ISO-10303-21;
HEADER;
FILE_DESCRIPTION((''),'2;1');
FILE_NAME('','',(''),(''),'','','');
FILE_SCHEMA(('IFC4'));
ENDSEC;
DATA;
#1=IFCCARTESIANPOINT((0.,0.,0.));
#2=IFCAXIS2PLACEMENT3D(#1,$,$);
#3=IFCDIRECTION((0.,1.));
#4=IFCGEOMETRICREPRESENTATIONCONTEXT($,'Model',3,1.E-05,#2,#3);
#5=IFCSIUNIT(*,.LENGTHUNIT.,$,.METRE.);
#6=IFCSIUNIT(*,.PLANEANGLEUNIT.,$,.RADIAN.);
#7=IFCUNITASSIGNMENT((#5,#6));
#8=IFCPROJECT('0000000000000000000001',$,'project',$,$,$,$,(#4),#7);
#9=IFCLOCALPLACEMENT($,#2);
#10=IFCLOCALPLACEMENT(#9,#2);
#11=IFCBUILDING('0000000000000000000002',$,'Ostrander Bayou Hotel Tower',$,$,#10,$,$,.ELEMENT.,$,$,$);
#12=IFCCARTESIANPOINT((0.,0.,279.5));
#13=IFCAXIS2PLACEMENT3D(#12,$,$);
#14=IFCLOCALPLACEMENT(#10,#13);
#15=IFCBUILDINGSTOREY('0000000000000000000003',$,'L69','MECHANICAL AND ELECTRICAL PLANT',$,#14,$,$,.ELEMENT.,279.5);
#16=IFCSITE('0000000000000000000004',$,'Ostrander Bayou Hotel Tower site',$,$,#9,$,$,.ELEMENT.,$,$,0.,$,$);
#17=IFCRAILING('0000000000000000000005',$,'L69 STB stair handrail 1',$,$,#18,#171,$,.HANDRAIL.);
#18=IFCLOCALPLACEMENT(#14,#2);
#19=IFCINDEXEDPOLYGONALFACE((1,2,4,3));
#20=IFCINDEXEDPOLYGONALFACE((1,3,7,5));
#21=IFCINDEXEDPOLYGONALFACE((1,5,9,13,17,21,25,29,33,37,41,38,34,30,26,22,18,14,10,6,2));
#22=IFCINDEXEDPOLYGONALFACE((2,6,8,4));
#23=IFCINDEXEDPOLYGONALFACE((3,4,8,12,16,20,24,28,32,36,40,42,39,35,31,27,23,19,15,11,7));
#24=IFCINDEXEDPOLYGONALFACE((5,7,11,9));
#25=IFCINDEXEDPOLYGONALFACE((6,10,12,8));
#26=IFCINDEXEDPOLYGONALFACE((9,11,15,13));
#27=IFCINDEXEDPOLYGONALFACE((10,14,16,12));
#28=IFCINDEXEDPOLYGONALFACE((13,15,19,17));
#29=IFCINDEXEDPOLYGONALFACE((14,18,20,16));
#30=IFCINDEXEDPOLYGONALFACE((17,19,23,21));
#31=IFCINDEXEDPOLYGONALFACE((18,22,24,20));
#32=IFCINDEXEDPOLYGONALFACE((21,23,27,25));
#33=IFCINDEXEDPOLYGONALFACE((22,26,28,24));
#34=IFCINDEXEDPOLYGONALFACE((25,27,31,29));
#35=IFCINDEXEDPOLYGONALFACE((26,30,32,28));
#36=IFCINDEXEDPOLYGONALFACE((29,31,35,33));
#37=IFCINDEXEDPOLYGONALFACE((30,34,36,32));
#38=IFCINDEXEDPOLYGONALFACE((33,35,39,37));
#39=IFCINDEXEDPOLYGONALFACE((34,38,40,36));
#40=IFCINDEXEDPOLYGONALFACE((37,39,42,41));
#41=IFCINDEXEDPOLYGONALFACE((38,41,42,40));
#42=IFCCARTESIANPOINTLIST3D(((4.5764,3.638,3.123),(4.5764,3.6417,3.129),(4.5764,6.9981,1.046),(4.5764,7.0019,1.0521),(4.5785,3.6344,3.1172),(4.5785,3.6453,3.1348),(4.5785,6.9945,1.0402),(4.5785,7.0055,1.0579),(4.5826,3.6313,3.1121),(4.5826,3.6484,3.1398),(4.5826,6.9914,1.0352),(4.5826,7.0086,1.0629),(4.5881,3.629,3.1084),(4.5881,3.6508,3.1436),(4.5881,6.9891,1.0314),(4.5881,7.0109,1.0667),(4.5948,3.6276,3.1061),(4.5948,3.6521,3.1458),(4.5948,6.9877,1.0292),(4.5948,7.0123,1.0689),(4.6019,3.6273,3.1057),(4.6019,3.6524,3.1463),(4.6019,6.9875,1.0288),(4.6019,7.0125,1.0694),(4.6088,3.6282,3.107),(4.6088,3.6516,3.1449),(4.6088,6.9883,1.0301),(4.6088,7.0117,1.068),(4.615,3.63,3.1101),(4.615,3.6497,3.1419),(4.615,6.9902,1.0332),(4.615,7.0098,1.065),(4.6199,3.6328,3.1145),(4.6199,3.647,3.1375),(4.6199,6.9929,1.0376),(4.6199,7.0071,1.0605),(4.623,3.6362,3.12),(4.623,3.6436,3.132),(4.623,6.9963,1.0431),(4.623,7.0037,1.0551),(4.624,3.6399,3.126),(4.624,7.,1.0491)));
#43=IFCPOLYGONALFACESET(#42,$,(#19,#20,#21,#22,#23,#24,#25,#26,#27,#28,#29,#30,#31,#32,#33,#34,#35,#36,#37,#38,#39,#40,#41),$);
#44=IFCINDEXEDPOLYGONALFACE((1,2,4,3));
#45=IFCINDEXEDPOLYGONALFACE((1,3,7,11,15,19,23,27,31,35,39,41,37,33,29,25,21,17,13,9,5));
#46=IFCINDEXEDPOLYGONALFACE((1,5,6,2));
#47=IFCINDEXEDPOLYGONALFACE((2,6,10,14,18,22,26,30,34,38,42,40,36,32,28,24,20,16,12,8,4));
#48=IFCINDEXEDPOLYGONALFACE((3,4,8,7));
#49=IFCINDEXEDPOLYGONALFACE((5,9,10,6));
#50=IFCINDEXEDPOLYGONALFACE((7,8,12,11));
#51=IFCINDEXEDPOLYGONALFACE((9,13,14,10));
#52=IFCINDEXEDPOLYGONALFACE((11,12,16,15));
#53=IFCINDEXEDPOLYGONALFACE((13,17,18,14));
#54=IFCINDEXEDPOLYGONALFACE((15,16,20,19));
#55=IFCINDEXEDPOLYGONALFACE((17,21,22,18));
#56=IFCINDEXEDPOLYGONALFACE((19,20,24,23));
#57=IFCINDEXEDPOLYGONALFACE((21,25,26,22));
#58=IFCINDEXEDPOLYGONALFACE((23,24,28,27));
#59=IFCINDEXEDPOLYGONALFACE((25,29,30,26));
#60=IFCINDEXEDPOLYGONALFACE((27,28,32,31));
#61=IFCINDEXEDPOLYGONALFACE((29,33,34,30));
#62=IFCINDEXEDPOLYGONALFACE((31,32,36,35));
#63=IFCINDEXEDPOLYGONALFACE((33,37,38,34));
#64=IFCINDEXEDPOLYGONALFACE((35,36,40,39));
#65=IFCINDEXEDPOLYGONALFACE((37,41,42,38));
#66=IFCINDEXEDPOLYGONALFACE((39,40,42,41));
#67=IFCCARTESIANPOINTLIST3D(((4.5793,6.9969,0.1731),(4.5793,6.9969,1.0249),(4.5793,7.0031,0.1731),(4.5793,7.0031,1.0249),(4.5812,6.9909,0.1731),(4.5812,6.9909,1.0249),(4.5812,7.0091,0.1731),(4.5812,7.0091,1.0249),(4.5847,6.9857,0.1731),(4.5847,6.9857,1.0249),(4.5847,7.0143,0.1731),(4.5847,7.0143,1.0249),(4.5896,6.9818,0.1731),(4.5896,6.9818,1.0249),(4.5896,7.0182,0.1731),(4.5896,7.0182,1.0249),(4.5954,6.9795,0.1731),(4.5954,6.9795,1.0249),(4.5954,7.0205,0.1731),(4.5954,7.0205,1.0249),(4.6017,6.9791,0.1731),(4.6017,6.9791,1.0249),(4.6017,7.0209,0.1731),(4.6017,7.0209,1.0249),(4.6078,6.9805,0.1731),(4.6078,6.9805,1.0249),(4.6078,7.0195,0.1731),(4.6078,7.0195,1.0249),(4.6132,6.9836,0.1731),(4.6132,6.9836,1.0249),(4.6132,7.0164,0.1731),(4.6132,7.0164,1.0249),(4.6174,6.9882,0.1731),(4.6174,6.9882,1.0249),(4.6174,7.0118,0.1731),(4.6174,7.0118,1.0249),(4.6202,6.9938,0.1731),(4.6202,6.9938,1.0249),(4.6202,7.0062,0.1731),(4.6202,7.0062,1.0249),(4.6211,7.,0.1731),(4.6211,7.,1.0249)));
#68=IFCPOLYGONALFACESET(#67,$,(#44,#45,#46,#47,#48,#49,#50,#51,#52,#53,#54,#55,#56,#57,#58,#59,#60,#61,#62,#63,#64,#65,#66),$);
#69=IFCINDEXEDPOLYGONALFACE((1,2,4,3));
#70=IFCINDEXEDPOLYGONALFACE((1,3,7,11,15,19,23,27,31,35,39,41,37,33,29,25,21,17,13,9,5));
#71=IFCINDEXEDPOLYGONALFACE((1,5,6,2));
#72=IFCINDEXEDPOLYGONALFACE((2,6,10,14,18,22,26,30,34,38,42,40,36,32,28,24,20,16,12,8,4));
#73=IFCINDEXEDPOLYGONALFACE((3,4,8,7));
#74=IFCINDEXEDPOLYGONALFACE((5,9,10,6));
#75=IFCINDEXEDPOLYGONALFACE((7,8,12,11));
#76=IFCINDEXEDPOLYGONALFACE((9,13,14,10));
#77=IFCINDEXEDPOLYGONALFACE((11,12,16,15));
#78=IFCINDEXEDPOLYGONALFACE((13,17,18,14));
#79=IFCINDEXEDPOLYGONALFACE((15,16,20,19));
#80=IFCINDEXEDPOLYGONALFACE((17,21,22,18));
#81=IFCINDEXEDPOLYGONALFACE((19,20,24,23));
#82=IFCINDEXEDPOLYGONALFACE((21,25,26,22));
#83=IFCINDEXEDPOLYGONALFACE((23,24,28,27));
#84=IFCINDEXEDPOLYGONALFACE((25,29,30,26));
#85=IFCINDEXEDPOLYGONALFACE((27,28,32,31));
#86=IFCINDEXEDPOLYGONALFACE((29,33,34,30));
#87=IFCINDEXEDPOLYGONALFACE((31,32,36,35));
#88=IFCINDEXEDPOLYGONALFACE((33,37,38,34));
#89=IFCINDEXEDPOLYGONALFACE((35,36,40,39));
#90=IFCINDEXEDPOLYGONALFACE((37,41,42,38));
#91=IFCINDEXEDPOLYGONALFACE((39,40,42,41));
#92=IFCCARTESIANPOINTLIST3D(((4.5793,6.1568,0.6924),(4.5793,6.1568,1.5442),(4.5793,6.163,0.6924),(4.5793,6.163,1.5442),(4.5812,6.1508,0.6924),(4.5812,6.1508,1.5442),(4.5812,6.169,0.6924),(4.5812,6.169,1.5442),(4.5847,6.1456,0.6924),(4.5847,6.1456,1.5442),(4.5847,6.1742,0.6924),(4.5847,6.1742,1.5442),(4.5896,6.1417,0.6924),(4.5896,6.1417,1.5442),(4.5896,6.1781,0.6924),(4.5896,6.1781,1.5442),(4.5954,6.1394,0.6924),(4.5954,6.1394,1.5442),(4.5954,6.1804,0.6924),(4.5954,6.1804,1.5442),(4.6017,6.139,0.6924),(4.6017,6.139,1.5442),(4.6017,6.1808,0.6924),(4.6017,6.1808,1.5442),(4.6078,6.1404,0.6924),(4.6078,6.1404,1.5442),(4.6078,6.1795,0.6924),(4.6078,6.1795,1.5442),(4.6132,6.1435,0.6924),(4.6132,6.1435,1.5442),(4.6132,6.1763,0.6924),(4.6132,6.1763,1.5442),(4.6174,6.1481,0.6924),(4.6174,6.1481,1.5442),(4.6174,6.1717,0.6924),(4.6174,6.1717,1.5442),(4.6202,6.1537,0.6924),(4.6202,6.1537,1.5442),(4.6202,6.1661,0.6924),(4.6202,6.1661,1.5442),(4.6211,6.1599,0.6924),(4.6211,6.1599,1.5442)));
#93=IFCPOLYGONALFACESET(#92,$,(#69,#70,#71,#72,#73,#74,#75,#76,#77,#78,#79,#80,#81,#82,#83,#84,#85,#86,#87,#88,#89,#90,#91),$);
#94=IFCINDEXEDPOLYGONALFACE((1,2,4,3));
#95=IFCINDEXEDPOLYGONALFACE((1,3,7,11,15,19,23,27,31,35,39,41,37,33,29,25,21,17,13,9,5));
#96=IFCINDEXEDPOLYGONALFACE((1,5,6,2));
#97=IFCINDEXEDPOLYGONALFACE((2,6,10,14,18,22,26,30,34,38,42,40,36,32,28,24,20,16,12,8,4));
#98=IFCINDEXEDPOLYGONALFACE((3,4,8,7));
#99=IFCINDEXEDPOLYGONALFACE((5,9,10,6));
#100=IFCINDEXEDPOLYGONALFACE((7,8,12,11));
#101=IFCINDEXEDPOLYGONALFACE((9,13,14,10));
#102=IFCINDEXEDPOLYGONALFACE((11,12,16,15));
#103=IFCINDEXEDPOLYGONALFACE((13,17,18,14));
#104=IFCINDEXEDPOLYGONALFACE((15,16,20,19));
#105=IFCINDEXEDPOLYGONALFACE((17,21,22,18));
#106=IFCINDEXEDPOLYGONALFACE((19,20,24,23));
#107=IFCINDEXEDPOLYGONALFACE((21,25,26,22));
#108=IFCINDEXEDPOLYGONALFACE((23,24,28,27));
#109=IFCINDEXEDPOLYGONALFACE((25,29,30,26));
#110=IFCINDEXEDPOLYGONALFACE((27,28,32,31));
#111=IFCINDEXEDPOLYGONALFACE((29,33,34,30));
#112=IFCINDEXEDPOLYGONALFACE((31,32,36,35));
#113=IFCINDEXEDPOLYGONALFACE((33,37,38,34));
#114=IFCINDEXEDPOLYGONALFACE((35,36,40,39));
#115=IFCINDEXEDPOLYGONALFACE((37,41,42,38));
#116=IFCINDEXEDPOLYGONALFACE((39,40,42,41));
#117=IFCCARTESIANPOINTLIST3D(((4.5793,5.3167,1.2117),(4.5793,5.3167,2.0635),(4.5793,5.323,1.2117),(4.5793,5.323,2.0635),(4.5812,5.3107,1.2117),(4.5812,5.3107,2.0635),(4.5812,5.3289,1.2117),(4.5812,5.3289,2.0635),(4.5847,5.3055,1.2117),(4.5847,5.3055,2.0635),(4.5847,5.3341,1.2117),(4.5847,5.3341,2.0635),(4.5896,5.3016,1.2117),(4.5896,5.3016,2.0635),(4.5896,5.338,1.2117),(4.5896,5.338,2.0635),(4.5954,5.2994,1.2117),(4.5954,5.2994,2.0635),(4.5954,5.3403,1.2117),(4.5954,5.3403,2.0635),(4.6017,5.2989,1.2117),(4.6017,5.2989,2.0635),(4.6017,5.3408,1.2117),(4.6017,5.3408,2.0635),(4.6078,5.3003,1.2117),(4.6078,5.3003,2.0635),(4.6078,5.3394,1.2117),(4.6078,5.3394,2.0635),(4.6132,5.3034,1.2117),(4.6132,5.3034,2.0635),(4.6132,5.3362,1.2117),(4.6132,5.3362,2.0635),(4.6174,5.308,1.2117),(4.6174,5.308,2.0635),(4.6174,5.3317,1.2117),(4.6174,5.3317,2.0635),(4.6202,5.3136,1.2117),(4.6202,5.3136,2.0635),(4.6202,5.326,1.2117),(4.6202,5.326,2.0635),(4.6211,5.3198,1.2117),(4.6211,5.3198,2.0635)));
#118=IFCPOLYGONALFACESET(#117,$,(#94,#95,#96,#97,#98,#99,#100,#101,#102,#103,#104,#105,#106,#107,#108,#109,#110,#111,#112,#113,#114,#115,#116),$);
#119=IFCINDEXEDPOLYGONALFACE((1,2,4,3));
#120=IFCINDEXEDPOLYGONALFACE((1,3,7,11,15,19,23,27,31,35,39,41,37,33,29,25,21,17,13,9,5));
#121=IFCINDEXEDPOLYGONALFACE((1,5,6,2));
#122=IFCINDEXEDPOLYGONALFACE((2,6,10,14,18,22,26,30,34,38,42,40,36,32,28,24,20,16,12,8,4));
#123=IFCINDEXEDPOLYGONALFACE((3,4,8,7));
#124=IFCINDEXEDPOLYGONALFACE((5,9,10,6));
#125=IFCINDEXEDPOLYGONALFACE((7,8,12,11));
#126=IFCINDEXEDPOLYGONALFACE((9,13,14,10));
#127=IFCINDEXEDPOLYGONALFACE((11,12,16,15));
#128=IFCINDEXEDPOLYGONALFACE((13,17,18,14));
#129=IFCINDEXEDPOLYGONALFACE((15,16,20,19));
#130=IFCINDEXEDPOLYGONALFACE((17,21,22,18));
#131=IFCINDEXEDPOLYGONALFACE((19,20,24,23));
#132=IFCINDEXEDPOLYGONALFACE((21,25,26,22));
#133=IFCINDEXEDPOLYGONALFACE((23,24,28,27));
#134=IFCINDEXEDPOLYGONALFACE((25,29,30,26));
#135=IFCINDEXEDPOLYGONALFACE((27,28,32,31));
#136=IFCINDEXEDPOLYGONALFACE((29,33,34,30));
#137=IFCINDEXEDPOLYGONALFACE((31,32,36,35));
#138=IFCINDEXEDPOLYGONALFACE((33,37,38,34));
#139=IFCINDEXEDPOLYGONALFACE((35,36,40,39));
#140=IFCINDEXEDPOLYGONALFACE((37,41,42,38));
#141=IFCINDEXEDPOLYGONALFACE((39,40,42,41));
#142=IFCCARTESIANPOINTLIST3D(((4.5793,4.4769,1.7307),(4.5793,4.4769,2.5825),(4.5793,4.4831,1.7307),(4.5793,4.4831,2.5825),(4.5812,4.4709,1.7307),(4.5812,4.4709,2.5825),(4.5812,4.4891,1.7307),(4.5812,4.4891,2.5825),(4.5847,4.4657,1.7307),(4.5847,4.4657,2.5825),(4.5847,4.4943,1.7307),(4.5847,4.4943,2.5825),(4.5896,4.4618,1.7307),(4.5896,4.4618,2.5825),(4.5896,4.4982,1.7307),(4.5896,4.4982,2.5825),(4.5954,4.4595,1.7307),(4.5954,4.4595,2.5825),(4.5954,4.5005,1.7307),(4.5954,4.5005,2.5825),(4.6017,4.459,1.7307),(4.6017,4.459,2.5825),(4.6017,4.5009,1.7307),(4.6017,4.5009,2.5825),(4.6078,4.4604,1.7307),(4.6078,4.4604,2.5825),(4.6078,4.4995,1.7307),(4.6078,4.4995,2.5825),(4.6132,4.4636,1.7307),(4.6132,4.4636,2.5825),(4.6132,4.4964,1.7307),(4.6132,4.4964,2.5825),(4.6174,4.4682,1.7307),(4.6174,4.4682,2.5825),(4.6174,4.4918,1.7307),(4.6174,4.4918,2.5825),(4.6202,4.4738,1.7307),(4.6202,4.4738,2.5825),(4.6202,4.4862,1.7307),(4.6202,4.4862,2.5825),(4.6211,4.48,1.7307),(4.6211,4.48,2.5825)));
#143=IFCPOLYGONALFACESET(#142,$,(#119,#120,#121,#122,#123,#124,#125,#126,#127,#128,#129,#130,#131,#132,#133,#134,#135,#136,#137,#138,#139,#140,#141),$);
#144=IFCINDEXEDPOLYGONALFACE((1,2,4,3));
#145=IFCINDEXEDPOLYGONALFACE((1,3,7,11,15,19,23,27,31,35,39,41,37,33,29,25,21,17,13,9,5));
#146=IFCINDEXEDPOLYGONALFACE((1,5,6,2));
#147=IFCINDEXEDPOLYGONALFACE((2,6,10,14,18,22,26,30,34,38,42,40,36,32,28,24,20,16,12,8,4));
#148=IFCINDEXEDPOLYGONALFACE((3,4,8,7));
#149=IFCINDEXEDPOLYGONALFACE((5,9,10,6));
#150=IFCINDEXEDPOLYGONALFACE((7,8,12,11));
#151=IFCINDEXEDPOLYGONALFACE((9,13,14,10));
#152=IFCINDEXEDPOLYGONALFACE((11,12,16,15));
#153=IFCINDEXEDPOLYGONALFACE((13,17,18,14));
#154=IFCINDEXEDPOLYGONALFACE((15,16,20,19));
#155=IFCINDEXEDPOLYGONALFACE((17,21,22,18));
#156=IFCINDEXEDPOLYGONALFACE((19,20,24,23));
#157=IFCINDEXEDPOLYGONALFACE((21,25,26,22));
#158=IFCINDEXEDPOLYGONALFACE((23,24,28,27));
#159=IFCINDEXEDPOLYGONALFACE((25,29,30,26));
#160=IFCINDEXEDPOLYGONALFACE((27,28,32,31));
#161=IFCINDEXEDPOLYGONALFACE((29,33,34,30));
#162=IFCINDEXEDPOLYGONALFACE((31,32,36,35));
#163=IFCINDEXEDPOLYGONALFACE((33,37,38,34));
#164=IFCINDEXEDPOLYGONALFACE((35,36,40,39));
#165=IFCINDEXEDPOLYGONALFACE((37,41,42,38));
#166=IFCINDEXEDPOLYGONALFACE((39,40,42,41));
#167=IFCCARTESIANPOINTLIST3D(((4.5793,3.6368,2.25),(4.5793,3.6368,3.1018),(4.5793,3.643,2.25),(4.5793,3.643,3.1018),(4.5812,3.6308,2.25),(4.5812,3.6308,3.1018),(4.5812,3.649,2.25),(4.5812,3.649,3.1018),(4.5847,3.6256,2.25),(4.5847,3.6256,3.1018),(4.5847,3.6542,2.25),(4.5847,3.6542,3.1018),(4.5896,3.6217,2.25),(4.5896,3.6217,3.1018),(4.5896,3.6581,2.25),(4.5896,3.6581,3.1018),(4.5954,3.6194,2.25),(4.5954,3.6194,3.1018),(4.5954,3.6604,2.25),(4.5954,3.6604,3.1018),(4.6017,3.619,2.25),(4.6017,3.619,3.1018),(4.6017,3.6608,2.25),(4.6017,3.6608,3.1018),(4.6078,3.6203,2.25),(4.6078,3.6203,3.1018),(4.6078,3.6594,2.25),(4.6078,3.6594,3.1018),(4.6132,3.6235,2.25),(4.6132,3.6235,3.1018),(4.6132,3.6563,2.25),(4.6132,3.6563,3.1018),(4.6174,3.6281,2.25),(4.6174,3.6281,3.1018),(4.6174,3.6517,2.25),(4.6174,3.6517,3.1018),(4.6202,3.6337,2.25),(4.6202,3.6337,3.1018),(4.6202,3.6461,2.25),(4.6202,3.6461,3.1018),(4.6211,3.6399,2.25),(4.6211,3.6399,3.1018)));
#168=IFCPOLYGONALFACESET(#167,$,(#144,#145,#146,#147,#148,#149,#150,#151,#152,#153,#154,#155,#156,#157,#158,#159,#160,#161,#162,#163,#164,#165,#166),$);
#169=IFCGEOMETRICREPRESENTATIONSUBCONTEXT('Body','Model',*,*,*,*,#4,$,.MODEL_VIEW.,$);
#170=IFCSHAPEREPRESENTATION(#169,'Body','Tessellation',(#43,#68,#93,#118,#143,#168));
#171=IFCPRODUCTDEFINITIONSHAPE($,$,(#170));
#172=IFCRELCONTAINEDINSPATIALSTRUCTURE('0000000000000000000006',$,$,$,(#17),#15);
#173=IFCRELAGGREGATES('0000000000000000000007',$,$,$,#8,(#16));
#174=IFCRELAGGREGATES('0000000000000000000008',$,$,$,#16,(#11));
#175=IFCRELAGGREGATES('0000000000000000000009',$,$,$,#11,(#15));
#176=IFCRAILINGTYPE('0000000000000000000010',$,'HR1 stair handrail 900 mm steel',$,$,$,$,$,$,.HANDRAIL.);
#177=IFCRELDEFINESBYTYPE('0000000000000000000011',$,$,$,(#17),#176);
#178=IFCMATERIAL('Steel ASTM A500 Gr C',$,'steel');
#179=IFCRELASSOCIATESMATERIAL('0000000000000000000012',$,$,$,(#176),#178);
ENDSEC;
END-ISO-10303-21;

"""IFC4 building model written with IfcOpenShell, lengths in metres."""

from ifc_helpers import new_model, si_unit, direction, frame, origin, origin_2d, place, context, subcontext, project, spatial, circle, extrude, material, type_object, element, save


model = new_model("IFC4")

# Units and contexts
model_context = context("Model", 3, precision=1e-05, world=origin(), true_north=direction((0.0, 1.0)))
body_context = subcontext(model_context, "Body", "Model", "MODEL_VIEW")
ifc_project = project(units=[si_unit("LENGTHUNIT", "METRE"), si_unit("PLANEANGLEUNIT", "RADIAN")], contexts=[model_context])

# Site, building, storey
site_placement = place(None, origin())
site = spatial("IfcSite", under=ifc_project, at=site_placement, Name="Ostrander Bayou Hotel Tower site", CompositionType="ELEMENT", RefElevation=0.0)
building_placement = place(site_placement, origin())
building = spatial("IfcBuilding", under=site, at=building_placement, Name="Ostrander Bayou Hotel Tower", CompositionType="ELEMENT")
storey_placement = place(building_placement, frame((0.0, 0.0, 279.5)))
storey = spatial("IfcBuildingStorey", under=building, at=storey_placement, Name="L69", Description="MECHANICAL AND ELECTRICAL PLANT", CompositionType="ELEMENT", Elevation=279.5)

# Railing
ifc_material_1 = material(Name="Steel ASTM A500 Gr C", Category="steel")
railing_type_1 = type_object("IfcRailingType", Name="HR1 stair handrail 900 mm steel", PredefinedType="HANDRAIL", material=ifc_material_1)
railing_1_placement = place(storey_placement, frame((4.6001, 7.0, 0.1731)))
element("IfcRailing", 1, at=railing_1_placement, inside=storey, type_object=railing_type_1, Name="L69 STB stair handrail 1", PredefinedType="HANDRAIL", context=body_context, shape_type="SweptSolid", body=[
    extrude(circle(Radius=0.0239, at=origin_2d()), frame((0.0, 0.0, 0.876), z_axis=(0.0, -0.850623, 0.525776), x_axis=(1.0, 0.0, 0.0)), (0.0, 0.0, 1.0), 3.9502),
    extrude(circle(Radius=0.021, at=origin_2d()), origin(), (0.0, 0.0, 1.0), 0.8518),
    extrude(circle(Radius=0.021, at=origin_2d()), frame((0.0, -0.8401, 0.5193)), (0.0, 0.0, 1.0), 0.8518),
    extrude(circle(Radius=0.021, at=origin_2d()), frame((0.0, -1.6802, 1.0386)), (0.0, 0.0, 1.0), 0.8518),
    extrude(circle(Radius=0.021, at=origin_2d()), frame((0.0, -2.52, 1.5576)), (0.0, 0.0, 1.0), 0.8518),
    extrude(circle(Radius=0.021, at=origin_2d()), frame((0.0, -3.3601, 2.0769)), (0.0, 0.0, 1.0), 0.8518),
])

save(model, "model.ifc")
